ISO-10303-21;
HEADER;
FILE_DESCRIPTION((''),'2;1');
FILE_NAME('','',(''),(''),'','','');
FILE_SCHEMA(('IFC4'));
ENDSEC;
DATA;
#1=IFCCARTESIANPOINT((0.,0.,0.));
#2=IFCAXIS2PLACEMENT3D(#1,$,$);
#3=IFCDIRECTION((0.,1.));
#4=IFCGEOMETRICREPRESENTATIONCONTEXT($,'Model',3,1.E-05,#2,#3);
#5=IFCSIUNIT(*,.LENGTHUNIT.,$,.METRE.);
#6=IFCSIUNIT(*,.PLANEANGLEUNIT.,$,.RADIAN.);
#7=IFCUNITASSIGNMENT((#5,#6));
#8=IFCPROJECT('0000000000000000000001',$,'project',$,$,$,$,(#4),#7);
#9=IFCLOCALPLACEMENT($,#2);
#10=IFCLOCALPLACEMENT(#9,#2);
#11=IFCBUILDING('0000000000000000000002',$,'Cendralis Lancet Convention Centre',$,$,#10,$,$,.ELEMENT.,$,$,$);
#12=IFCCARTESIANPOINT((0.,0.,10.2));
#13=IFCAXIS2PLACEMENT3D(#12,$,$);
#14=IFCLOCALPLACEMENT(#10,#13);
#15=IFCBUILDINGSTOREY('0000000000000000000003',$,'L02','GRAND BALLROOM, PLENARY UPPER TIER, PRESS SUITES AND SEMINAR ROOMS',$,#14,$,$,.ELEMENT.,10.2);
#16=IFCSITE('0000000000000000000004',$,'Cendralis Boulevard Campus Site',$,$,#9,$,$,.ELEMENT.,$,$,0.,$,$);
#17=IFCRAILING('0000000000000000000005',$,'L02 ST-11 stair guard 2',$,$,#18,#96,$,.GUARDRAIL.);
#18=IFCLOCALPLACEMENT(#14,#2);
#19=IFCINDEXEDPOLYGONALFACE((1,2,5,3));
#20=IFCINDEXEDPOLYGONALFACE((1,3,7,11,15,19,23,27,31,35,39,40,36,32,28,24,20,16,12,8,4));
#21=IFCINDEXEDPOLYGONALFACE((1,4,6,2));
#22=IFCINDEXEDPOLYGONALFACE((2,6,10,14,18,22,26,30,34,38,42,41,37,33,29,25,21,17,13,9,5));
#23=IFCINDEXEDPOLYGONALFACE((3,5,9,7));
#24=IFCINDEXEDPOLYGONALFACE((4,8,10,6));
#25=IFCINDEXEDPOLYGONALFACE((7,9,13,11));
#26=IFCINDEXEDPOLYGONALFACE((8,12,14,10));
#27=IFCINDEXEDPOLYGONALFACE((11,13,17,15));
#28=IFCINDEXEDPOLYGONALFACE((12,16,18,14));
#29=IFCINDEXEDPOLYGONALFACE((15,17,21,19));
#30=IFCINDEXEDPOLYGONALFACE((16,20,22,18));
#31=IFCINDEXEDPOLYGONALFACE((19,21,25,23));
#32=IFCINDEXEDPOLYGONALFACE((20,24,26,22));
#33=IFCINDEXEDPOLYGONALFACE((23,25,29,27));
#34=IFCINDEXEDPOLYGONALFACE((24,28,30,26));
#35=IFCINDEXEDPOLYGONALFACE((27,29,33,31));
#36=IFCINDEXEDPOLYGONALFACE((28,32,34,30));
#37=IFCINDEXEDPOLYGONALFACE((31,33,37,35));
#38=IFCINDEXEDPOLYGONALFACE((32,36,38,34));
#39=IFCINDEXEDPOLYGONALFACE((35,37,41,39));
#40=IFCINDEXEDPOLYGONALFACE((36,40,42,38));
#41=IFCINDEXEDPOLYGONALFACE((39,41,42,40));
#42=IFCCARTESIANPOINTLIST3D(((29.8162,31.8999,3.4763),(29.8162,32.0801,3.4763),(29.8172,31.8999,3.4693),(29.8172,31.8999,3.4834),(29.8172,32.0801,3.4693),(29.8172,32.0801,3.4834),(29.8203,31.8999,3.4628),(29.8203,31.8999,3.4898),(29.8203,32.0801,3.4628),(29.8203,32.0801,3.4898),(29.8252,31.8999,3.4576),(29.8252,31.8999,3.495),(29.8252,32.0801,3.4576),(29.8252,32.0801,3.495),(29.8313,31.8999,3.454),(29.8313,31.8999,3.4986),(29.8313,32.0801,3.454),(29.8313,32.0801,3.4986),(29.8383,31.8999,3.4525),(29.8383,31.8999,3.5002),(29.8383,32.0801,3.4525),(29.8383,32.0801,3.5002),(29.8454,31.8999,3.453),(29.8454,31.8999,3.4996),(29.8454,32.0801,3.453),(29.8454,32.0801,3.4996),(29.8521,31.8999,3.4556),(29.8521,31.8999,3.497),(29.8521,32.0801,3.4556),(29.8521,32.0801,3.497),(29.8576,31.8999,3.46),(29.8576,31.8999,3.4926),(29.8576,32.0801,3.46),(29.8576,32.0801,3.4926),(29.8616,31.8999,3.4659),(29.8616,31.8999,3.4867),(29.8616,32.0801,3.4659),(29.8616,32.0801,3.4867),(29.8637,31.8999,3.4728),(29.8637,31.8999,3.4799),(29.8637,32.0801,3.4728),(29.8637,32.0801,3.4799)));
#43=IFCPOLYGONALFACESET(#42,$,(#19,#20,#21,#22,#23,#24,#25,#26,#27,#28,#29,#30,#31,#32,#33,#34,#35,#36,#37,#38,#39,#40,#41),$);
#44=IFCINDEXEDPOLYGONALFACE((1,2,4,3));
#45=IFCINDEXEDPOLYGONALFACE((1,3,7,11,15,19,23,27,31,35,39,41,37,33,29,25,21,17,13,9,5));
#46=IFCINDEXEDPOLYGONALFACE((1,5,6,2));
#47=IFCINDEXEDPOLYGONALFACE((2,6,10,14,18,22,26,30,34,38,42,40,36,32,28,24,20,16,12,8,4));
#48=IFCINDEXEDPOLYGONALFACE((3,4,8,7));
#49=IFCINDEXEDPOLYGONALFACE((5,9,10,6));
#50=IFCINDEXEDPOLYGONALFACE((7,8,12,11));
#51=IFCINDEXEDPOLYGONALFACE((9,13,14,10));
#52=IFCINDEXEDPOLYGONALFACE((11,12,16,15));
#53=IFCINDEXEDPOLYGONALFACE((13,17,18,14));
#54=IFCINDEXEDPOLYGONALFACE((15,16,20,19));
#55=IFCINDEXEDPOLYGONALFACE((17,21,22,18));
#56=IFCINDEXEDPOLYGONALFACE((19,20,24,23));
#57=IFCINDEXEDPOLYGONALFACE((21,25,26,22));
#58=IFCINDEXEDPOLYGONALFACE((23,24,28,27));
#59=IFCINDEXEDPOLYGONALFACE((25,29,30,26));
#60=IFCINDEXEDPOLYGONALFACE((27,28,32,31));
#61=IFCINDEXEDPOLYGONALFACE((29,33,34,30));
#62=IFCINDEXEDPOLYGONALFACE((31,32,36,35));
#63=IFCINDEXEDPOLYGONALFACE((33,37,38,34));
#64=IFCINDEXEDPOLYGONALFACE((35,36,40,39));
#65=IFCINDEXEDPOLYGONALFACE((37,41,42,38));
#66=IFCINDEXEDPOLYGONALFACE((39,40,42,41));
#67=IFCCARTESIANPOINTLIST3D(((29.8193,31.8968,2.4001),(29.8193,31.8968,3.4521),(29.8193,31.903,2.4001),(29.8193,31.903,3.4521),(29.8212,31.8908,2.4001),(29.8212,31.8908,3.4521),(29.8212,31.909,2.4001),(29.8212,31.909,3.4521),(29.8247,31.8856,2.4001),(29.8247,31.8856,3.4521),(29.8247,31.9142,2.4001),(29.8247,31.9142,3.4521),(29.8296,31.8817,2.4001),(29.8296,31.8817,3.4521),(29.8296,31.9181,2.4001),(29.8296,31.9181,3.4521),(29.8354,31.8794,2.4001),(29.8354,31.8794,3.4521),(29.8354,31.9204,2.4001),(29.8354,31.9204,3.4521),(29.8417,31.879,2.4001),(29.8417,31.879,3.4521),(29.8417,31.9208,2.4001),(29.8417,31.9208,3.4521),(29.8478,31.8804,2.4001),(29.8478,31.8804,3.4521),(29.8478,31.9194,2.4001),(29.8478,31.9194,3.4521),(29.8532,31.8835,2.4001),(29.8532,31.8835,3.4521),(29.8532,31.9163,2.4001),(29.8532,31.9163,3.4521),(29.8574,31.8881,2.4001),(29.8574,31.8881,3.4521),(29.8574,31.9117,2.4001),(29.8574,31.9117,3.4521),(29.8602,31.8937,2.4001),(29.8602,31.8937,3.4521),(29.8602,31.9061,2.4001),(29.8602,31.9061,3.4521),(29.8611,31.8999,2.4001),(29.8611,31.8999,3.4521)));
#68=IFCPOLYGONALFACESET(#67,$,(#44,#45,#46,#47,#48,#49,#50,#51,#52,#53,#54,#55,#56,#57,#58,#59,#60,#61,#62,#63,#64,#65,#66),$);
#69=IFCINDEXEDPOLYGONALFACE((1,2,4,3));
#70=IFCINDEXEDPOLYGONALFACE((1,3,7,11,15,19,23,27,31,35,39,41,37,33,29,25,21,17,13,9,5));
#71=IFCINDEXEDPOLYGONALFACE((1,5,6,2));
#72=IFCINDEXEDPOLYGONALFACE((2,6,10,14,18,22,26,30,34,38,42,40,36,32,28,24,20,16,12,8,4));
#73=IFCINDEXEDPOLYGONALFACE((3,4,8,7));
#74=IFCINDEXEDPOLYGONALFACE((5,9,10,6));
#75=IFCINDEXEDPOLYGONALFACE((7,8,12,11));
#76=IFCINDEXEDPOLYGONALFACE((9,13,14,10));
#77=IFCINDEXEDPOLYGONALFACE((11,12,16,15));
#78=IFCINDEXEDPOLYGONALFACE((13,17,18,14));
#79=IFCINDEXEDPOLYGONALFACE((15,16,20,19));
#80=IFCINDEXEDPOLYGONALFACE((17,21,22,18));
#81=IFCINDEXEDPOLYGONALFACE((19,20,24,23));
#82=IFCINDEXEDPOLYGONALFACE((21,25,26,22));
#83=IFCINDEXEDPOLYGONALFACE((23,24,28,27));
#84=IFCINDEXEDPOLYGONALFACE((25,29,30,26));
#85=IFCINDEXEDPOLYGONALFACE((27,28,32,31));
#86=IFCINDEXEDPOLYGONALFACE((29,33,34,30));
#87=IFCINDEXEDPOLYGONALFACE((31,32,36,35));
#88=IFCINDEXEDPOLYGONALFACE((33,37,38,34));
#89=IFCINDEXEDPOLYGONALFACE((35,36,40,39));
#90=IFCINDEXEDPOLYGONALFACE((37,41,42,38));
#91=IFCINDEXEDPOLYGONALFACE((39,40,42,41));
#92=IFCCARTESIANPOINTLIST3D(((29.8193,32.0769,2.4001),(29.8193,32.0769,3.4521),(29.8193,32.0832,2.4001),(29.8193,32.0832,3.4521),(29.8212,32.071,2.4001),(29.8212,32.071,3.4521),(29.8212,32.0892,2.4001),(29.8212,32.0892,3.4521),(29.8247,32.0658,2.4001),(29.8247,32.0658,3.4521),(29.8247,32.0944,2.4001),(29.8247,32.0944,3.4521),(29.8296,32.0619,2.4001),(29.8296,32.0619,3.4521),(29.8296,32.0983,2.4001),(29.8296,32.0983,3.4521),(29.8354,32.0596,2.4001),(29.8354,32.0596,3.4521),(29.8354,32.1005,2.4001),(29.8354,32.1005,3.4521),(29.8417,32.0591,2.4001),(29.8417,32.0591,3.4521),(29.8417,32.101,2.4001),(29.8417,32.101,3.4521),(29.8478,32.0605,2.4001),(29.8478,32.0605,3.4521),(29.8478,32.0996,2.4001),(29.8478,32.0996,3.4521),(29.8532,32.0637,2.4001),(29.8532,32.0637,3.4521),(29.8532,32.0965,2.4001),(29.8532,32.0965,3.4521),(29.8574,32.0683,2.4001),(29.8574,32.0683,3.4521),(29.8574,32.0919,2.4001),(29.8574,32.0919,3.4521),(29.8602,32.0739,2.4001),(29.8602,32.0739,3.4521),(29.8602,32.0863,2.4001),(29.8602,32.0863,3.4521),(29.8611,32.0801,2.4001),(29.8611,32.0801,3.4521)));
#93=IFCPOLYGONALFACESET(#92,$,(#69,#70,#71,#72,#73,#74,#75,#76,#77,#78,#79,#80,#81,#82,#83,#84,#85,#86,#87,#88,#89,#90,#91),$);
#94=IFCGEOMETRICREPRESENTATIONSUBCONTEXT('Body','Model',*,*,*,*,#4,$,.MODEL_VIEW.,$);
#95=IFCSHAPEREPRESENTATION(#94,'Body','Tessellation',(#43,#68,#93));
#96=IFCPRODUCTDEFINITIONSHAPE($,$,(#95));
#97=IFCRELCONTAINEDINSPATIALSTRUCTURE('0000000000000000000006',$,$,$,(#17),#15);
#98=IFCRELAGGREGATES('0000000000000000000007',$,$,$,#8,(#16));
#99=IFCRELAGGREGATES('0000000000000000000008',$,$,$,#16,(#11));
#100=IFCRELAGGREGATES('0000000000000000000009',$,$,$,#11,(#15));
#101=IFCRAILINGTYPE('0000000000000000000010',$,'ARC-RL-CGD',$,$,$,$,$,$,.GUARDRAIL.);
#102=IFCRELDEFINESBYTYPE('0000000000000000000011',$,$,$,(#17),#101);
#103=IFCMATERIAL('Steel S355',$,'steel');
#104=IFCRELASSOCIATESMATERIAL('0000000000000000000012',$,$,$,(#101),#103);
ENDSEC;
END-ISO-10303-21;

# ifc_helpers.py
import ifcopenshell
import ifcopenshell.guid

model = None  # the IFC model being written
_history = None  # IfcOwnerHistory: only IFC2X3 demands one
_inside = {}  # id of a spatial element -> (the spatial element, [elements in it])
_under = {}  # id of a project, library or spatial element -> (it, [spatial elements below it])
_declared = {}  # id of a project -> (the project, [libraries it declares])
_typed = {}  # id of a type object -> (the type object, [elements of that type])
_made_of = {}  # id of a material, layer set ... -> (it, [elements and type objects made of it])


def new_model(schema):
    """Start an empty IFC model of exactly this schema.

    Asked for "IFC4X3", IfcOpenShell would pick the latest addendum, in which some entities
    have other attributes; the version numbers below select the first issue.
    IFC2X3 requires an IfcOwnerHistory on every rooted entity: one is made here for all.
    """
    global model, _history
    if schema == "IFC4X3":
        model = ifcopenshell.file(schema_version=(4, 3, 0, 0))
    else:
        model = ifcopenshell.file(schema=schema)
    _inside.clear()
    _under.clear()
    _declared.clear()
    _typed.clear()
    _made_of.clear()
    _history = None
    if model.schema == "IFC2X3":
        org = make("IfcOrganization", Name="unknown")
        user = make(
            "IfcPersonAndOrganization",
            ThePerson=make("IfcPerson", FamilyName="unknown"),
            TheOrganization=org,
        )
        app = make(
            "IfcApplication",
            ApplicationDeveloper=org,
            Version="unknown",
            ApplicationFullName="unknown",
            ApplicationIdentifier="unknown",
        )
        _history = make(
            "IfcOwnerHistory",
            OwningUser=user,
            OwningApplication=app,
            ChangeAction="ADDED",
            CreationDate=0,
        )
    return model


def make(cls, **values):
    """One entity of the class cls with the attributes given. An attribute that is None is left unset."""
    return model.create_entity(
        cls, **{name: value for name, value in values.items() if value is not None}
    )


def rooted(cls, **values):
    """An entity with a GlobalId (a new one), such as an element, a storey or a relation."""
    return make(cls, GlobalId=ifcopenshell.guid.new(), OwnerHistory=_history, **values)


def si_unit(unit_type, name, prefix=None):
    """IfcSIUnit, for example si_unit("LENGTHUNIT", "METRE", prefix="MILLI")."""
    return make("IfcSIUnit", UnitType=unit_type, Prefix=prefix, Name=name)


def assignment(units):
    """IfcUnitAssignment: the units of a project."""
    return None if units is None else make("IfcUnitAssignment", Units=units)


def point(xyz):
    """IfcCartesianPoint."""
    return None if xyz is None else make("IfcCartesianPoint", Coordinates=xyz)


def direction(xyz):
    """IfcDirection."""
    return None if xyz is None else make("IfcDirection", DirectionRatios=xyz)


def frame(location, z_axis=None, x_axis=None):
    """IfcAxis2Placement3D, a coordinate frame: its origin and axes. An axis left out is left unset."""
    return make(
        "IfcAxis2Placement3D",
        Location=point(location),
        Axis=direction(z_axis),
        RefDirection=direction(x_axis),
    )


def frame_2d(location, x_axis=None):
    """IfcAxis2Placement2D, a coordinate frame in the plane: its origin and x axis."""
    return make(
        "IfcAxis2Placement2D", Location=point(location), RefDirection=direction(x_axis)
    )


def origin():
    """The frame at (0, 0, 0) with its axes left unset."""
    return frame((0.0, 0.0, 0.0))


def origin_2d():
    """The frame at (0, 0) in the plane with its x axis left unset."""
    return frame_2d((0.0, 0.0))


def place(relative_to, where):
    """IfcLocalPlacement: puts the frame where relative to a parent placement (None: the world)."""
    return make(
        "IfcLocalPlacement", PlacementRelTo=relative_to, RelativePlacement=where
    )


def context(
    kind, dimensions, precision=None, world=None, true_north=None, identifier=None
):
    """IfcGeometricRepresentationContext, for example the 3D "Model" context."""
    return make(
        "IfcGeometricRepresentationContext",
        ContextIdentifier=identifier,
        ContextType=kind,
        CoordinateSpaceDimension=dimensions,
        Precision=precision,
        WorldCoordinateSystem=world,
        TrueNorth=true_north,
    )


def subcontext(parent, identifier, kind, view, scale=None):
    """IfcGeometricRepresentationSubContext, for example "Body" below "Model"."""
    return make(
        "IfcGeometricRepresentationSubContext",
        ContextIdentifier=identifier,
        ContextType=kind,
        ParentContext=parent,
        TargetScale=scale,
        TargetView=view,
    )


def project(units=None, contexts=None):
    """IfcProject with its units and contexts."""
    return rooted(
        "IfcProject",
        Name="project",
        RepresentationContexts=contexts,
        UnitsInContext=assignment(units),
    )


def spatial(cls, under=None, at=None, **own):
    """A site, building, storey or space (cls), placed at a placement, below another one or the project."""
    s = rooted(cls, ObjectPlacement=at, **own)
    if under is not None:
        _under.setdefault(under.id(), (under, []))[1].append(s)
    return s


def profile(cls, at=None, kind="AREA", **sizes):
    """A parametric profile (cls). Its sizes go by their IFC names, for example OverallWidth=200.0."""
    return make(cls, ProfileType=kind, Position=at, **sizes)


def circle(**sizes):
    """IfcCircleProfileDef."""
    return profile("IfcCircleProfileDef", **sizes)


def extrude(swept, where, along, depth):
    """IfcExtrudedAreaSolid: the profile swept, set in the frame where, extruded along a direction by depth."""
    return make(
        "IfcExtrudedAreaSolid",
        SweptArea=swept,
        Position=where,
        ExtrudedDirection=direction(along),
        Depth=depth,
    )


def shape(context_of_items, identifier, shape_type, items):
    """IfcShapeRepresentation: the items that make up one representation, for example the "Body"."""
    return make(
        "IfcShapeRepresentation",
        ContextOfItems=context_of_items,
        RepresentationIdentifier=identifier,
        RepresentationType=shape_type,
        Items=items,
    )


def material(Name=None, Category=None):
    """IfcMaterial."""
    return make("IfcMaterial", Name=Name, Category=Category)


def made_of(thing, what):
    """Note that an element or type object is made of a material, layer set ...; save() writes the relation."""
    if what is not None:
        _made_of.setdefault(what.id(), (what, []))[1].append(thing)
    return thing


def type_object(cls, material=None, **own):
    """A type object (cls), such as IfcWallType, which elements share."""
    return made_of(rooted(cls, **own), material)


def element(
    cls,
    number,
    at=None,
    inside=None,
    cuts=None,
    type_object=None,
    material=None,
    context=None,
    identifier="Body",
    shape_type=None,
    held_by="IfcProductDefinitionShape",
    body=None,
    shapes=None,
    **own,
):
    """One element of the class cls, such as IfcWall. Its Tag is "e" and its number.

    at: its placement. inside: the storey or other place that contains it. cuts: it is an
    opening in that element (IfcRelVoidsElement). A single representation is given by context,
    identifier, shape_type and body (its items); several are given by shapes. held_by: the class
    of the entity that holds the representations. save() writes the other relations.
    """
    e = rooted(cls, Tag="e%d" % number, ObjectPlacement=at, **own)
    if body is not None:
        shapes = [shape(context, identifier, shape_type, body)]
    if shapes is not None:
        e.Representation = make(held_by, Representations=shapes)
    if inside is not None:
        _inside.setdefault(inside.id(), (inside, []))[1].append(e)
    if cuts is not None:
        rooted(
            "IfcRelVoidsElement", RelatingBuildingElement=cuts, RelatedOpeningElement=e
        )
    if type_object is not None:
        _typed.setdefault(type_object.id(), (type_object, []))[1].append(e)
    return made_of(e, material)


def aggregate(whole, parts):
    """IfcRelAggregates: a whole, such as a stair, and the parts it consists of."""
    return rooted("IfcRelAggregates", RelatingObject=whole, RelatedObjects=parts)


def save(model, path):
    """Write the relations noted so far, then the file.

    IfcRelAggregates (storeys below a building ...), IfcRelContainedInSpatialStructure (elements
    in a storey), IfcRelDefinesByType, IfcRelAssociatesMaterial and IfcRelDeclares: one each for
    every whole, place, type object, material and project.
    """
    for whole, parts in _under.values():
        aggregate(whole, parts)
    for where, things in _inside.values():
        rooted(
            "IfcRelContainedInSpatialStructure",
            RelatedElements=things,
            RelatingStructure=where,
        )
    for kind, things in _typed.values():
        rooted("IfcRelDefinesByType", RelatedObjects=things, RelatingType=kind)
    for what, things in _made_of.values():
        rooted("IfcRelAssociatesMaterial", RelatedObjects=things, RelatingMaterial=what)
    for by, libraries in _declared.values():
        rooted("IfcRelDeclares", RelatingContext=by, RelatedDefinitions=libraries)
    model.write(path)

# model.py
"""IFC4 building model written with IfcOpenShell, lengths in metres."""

from ifc_helpers import new_model, si_unit, direction, frame, origin, origin_2d, place, context, subcontext, project, spatial, circle, extrude, material, type_object, element, save


model = new_model("IFC4")

# Units and contexts
model_context = context("Model", 3, precision=1e-05, world=origin(), true_north=direction((0.0, 1.0)))
body_context = subcontext(model_context, "Body", "Model", "MODEL_VIEW")
ifc_project = project(units=[si_unit("LENGTHUNIT", "METRE"), si_unit("PLANEANGLEUNIT", "RADIAN")], contexts=[model_context])

# Site, building, storey
site_placement = place(None, origin())
site = spatial("IfcSite", under=ifc_project, at=site_placement, Name="Cendralis Boulevard Campus Site", CompositionType="ELEMENT", RefElevation=0.0)
building_placement = place(site_placement, origin())
building = spatial("IfcBuilding", under=site, at=building_placement, Name="Cendralis Lancet Convention Centre", CompositionType="ELEMENT")
storey_placement = place(building_placement, frame((0.0, 0.0, 10.2)))
storey = spatial("IfcBuildingStorey", under=building, at=storey_placement, Name="L02", Description="GRAND BALLROOM, PLENARY UPPER TIER, PRESS SUITES AND SEMINAR ROOMS", CompositionType="ELEMENT", Elevation=10.2)

# Shared definitions
ifc_material_1 = material(Name="Steel S355", Category="steel")

# Railing
railing_type_1 = type_object("IfcRailingType", Name="ARC-RL-CGD", PredefinedType="GUARDRAIL", material=ifc_material_1)
railing_1_placement = place(storey_placement, frame((29.8401, 31.8999, 2.4001)))
element("IfcRailing", 1, at=railing_1_placement, inside=storey, type_object=railing_type_1, Name="L02 ST-11 stair guard 2", PredefinedType="GUARDRAIL", context=body_context, shape_type="SweptSolid", body=[
    extrude(circle(Radius=0.0239, at=origin_2d()), frame((0.0, 0.0, 1.0762), z_axis=(0.0, 1.0, 0.0), x_axis=(-1.0, 0.0, 0.0)), (0.0, 0.0, 1.0), 0.1802),
    extrude(circle(Radius=0.021, at=origin_2d()), origin(), (0.0, 0.0, 1.0), 1.052),
    extrude(circle(Radius=0.021, at=origin_2d()), frame((0.0, 0.1802, 0.0)), (0.0, 0.0, 1.0), 1.052),
])

save(model, "model.ifc")
